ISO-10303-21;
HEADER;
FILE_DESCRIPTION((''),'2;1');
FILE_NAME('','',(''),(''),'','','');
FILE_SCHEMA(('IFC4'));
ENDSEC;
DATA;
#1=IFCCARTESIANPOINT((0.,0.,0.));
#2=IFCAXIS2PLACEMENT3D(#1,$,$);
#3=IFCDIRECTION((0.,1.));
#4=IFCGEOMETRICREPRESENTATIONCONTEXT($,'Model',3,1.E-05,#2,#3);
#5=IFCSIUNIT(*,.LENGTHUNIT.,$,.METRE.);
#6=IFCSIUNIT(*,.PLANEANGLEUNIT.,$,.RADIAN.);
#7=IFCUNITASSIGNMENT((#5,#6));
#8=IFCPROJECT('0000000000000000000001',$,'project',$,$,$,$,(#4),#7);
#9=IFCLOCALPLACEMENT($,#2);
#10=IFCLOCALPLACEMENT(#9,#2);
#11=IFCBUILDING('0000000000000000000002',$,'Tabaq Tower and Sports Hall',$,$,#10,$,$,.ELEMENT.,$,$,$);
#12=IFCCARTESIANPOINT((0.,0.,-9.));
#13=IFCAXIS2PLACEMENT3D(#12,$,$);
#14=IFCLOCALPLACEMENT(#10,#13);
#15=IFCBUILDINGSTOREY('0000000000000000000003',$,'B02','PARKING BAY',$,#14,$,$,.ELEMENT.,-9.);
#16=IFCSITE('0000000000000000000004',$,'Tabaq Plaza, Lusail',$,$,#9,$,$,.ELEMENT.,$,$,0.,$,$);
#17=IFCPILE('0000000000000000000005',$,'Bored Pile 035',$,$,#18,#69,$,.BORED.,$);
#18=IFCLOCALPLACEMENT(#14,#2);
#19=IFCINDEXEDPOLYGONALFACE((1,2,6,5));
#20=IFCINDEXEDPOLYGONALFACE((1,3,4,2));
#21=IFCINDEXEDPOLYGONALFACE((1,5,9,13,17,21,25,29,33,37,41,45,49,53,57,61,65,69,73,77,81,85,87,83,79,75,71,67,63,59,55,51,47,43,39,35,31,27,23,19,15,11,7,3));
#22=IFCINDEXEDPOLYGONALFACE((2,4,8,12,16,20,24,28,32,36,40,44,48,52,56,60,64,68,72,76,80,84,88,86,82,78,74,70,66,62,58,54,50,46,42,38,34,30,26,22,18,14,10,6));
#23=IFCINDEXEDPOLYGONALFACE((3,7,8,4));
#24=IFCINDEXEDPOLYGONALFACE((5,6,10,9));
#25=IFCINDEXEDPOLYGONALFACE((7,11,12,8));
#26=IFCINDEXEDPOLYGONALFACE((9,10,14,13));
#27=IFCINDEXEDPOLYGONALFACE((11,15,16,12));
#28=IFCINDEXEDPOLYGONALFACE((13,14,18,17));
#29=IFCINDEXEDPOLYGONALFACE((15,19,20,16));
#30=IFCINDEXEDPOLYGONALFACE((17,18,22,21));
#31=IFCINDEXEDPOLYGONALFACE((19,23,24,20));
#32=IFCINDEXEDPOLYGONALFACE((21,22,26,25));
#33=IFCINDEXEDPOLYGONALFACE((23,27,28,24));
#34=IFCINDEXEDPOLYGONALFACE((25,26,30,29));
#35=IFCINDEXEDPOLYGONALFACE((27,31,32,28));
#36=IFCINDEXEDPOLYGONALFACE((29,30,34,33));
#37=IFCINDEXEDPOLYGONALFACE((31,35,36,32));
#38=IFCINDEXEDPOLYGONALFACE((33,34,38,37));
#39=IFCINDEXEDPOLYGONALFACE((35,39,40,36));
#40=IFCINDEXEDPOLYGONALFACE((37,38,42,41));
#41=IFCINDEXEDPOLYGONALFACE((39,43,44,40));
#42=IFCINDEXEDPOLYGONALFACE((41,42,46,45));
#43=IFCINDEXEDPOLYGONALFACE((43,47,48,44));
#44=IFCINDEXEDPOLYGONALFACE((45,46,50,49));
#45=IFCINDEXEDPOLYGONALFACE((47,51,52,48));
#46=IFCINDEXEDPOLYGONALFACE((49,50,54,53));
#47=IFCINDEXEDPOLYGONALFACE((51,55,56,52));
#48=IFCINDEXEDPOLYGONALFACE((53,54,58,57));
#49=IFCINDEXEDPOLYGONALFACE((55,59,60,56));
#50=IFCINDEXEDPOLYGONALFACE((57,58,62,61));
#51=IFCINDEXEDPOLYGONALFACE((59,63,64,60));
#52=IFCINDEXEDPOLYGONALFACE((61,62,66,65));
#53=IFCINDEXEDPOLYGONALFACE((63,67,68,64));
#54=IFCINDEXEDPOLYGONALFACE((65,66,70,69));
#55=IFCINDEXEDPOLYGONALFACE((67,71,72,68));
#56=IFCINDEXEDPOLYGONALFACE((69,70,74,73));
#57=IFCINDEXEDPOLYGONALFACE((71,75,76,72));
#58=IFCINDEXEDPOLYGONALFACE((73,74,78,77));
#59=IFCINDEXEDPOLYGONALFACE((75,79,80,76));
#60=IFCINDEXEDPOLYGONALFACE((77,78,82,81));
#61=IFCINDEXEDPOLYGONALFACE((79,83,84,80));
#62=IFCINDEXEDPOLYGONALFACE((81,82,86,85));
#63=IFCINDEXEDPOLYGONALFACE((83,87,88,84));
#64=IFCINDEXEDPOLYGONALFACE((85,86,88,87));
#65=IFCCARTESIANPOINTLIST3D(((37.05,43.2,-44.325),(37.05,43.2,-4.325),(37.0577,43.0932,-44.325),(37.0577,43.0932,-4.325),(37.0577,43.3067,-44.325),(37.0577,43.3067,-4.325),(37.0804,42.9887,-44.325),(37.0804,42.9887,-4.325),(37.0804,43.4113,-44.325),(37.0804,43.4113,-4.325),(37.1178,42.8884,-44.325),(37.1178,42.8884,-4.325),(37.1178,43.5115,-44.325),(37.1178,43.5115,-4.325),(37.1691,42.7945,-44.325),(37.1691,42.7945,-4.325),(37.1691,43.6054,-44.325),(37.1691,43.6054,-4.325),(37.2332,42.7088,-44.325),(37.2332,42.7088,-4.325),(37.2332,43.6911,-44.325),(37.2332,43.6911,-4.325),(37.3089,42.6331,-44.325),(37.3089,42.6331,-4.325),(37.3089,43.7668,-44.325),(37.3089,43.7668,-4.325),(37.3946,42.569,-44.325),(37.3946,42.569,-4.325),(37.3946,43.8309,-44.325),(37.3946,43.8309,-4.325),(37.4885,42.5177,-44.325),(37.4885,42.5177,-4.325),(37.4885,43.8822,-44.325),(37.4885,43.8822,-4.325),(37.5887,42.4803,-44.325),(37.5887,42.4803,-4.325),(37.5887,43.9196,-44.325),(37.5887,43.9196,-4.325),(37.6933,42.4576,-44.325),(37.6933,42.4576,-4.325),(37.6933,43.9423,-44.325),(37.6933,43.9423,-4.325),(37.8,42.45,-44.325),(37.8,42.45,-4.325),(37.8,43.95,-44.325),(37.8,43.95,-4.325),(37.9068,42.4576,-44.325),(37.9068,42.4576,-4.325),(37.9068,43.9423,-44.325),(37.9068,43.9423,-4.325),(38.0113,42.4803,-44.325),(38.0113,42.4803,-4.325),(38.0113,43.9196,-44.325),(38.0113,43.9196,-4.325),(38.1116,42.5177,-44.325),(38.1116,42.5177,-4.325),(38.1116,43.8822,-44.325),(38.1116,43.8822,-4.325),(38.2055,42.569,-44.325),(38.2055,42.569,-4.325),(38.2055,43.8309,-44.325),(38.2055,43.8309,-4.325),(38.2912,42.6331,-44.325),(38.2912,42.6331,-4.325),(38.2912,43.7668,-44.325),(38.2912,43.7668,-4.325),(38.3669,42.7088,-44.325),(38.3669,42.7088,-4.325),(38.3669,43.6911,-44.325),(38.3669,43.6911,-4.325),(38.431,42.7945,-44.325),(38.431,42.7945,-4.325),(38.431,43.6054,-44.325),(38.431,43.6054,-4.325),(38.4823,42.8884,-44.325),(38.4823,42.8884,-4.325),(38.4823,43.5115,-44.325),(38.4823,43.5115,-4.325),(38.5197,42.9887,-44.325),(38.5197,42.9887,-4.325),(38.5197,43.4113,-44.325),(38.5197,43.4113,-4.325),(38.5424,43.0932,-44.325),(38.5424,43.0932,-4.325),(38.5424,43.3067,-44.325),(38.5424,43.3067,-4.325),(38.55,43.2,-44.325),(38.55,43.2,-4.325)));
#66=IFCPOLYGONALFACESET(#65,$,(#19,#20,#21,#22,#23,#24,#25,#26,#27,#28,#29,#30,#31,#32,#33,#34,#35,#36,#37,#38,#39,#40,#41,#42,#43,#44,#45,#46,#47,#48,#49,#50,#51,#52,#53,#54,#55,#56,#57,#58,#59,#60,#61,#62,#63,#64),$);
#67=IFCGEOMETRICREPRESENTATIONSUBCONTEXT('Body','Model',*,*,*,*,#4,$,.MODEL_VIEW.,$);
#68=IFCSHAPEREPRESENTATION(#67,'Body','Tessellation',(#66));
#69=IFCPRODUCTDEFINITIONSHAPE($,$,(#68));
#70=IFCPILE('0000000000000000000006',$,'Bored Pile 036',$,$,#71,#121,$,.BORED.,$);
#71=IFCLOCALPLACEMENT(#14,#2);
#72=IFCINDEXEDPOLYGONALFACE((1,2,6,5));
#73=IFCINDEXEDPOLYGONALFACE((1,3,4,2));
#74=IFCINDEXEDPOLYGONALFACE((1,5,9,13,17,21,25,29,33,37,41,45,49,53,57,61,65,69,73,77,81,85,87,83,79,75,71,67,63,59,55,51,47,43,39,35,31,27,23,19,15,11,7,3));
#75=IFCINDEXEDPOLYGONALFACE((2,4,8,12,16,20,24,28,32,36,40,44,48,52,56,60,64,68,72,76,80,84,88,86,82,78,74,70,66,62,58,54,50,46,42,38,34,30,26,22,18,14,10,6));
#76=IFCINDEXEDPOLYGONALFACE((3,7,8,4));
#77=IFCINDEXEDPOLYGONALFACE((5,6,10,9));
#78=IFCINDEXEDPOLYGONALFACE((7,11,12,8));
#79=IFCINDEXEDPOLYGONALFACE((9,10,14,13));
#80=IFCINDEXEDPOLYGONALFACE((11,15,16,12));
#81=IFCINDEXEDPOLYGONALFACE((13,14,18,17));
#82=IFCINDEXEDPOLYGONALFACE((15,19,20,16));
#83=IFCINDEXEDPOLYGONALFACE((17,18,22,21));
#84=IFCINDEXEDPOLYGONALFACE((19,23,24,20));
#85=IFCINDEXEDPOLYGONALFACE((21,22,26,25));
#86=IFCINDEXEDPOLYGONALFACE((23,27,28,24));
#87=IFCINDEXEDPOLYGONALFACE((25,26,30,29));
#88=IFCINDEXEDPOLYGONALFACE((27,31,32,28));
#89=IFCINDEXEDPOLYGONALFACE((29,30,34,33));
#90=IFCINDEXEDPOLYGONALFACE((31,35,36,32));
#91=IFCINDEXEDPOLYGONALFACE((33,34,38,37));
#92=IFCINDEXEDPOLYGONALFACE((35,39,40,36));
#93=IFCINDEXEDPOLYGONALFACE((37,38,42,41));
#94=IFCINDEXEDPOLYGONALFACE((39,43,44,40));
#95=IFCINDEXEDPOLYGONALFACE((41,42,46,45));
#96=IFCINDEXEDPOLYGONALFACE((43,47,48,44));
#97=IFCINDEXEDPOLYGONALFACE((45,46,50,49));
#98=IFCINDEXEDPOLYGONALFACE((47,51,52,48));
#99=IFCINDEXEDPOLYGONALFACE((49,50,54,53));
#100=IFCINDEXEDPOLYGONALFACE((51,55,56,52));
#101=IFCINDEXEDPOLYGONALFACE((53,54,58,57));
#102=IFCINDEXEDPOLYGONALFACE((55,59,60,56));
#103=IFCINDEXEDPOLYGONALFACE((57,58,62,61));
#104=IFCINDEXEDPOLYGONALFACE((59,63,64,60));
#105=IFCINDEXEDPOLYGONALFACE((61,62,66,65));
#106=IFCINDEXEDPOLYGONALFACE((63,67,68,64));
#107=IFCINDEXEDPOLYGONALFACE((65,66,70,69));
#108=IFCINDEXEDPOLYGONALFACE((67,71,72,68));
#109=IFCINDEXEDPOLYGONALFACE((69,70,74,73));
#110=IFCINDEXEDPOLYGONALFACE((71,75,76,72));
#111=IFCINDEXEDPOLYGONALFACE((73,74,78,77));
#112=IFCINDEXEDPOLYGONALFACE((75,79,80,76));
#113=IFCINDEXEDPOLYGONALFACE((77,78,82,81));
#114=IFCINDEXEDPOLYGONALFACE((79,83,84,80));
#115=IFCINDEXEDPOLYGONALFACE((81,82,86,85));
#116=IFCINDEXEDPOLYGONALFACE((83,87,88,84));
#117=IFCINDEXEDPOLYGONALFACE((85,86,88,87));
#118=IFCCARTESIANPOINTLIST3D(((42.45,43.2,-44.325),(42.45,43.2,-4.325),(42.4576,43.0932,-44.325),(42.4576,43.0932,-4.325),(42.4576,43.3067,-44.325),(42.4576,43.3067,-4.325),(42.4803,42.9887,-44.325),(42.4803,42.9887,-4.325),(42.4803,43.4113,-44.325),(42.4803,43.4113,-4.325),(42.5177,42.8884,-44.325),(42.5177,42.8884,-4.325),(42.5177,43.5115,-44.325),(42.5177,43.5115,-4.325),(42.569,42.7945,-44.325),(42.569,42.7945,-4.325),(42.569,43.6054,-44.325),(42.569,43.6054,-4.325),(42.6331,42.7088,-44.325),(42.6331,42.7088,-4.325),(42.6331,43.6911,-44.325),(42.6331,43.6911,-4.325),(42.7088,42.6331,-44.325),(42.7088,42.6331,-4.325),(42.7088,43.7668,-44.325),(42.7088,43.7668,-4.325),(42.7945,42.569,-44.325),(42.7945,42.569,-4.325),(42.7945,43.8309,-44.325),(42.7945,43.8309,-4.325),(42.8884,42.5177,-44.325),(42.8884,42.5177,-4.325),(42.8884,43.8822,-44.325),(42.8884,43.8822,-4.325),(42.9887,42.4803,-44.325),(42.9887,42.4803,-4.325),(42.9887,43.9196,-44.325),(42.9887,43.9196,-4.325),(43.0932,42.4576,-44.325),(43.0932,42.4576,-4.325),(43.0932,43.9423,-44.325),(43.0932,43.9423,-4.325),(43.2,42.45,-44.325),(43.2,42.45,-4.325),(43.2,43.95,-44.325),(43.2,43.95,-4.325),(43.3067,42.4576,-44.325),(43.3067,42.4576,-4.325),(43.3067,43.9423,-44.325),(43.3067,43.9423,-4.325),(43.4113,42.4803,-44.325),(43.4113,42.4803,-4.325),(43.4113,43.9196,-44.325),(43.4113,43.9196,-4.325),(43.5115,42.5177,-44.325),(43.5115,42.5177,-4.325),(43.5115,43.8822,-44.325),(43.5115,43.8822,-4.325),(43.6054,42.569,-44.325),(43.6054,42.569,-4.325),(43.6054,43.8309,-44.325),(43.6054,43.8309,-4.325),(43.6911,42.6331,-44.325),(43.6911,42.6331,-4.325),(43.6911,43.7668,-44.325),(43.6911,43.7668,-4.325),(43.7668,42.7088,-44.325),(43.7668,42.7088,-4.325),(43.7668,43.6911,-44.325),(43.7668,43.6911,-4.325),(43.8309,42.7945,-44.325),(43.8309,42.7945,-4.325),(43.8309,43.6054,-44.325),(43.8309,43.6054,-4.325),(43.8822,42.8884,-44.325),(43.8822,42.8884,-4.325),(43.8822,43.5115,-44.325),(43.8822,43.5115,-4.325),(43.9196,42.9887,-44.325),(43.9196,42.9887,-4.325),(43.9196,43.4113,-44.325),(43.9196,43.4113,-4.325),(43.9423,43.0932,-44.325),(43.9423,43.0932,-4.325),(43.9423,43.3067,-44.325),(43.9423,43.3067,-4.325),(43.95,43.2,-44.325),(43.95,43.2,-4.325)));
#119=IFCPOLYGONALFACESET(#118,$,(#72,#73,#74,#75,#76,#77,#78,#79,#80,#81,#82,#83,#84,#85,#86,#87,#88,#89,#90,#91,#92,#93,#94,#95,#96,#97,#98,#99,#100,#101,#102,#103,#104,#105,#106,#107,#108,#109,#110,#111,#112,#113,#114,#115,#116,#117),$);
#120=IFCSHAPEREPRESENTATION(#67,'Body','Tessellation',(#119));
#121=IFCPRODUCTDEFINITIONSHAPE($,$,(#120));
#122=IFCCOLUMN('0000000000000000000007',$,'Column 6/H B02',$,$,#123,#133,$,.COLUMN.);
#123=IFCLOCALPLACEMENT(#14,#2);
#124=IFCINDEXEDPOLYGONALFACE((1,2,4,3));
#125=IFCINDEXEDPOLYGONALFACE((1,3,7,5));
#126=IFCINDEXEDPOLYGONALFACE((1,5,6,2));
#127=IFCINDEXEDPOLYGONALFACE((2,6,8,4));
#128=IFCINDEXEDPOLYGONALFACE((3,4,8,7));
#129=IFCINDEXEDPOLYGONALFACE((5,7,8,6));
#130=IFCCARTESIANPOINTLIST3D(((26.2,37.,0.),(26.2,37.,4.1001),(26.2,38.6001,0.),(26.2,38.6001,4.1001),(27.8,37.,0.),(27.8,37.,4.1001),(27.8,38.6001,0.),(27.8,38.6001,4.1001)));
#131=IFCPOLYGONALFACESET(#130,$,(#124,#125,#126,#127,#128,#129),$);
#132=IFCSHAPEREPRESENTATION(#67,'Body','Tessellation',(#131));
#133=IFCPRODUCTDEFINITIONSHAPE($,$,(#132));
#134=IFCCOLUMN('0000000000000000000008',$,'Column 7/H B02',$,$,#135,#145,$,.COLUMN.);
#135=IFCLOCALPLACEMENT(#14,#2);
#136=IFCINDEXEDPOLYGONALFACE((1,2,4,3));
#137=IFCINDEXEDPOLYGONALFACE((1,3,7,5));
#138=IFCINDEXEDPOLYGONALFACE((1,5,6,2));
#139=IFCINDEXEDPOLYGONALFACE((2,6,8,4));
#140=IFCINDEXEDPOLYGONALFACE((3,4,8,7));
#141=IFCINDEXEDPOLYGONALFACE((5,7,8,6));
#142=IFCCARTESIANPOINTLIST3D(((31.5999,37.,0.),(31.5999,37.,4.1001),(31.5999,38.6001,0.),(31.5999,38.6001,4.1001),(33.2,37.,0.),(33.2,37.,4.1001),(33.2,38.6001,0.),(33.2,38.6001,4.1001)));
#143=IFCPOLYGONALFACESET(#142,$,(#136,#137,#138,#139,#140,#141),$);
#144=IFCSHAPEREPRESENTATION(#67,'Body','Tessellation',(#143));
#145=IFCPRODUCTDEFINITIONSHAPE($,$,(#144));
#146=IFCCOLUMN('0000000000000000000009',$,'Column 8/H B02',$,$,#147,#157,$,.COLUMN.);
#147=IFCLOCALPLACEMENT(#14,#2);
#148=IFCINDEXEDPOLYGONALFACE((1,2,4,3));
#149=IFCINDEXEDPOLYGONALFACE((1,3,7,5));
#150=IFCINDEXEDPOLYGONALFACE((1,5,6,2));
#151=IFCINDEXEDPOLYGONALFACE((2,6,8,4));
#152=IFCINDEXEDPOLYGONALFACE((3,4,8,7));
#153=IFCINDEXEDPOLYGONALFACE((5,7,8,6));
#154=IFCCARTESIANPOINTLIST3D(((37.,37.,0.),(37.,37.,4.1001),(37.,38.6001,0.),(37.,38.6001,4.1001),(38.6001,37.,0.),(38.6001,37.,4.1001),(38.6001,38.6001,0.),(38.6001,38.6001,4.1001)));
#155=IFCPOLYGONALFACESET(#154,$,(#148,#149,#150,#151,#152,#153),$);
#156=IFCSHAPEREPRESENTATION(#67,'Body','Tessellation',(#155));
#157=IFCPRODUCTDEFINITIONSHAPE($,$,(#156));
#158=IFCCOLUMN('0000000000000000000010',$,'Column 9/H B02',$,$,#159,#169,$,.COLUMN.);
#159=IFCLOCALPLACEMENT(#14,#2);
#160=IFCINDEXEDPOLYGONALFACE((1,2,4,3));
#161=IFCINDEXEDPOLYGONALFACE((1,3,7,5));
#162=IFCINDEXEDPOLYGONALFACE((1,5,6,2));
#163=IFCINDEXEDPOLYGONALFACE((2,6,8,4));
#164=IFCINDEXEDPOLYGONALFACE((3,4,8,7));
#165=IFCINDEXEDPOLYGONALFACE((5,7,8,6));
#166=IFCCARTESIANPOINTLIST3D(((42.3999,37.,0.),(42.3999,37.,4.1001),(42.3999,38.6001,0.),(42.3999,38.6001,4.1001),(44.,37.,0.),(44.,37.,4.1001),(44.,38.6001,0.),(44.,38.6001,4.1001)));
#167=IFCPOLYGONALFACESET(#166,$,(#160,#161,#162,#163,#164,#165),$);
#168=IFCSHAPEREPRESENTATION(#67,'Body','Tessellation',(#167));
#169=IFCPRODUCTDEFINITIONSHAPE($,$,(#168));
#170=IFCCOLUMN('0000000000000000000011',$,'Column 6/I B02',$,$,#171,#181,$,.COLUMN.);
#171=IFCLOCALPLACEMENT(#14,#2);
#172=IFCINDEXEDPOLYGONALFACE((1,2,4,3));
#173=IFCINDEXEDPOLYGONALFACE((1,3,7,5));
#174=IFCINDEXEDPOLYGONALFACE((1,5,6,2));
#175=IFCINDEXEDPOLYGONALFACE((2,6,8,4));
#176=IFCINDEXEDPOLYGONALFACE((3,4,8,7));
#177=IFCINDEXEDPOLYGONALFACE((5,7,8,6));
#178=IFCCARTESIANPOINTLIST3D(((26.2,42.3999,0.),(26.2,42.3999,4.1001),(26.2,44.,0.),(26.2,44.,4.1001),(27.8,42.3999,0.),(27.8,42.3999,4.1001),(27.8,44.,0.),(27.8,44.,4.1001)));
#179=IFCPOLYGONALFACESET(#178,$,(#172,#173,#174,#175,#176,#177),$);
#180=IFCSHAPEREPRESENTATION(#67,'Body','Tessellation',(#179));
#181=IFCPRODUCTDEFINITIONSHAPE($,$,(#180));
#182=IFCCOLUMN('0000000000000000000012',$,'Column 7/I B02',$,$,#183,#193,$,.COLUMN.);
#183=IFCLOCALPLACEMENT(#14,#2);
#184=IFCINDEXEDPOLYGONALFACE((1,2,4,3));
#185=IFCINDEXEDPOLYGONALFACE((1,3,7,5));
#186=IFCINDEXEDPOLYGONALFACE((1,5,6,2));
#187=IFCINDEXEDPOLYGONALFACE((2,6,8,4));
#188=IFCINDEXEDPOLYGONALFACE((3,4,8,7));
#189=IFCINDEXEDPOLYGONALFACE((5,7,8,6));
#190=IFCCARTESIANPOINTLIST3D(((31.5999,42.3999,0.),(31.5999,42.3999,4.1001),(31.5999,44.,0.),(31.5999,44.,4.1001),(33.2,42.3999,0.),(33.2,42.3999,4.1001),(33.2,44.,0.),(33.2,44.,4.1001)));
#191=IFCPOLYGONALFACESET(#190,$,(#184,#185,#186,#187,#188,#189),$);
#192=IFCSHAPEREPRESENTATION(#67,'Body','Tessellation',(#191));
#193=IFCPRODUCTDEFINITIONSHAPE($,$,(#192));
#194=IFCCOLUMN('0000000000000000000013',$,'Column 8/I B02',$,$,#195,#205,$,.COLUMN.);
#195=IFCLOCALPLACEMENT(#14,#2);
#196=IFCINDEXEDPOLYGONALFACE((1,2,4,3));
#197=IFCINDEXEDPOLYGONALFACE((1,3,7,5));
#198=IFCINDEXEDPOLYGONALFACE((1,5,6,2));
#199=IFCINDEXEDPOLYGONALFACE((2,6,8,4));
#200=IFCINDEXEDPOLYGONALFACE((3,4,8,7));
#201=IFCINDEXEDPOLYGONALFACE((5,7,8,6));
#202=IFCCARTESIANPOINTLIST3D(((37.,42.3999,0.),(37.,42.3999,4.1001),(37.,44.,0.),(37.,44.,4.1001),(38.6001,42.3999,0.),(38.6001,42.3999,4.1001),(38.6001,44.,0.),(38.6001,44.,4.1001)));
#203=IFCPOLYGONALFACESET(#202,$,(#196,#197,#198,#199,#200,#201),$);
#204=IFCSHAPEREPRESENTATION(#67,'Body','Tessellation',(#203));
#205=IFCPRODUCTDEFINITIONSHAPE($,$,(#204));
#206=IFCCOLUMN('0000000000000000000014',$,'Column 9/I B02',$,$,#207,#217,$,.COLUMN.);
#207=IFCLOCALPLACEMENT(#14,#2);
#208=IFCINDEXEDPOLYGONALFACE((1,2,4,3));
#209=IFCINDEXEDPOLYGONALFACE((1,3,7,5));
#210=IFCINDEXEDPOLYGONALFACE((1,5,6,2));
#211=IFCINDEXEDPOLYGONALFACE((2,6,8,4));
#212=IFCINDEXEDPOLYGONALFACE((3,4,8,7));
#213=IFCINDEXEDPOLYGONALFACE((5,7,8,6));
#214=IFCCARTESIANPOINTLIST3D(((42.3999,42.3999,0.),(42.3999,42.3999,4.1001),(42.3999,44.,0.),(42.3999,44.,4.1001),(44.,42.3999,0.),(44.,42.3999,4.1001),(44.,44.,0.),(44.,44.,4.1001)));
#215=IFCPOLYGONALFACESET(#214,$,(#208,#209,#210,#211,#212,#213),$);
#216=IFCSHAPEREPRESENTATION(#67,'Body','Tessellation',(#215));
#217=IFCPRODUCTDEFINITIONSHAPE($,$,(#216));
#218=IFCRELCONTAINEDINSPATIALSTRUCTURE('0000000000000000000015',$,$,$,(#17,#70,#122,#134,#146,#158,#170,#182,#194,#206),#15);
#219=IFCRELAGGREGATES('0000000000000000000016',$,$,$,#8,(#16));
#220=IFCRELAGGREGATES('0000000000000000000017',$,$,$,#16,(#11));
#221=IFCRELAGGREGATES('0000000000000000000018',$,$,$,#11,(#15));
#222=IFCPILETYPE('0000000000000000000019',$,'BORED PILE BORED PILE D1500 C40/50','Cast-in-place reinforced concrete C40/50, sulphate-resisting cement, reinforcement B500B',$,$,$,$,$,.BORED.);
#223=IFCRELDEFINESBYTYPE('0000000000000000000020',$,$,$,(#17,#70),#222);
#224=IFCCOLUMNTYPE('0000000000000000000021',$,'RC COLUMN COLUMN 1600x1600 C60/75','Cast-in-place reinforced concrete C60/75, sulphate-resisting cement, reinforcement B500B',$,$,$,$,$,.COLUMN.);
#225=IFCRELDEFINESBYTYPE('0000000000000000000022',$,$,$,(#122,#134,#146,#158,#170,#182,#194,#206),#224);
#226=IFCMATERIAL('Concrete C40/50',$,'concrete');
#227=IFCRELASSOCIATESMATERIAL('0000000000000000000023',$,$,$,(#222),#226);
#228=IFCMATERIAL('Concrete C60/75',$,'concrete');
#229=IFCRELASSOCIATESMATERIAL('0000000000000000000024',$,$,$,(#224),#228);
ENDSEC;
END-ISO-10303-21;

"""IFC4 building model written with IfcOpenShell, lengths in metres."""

from ifc_helpers import new_model, si_unit, direction, frame, origin, origin_2d, place, context, subcontext, project, spatial, rectangle, circle, extrude, material, material_profile, profile_set, type_object, element, save


model = new_model("IFC4")

# Units and contexts
model_context = context("Model", 3, precision=1e-05, world=origin(), true_north=direction((0.0, 1.0)))
body_context = subcontext(model_context, "Body", "Model", "MODEL_VIEW")
ifc_project = project(units=[si_unit("LENGTHUNIT", "METRE"), si_unit("PLANEANGLEUNIT", "RADIAN")], contexts=[model_context])

# Site, building, storey
site_placement = place(None, origin())
site = spatial("IfcSite", under=ifc_project, at=site_placement, Name="Tabaq Plaza, Lusail", CompositionType="ELEMENT", RefElevation=0.0)
building_placement = place(site_placement, origin())
building = spatial("IfcBuilding", under=site, at=building_placement, Name="Tabaq Tower and Sports Hall", CompositionType="ELEMENT")
storey_placement = place(building_placement, frame((0.0, 0.0, -9.0)))
storey = spatial("IfcBuildingStorey", under=building, at=storey_placement, Name="B02", Description="PARKING BAY", CompositionType="ELEMENT", Elevation=-9.0)

# Piles
ifc_material_1 = material(Name="Concrete C40/50", Category="concrete")
ifc_material_profile_1 = material_profile(ifc_material_1, circle(Radius=0.75, at=origin_2d()), Name="BORED PILE D1500")
ifc_profile_set_1 = profile_set([ifc_material_profile_1], Name="Concrete C40/50")
pile_type = type_object("IfcPileType", Name="BORED PILE BORED PILE D1500 C40/50", Description="Cast-in-place reinforced concrete C40/50, sulphate-resisting cement, reinforcement B500B", PredefinedType="BORED", material=ifc_profile_set_1)
for number, where, z_axis, x_axis, name in (
    (1, (37.8, 43.2, -4.325), (0.0, 0.0, -1.0), (1.0, 0.0, 0.0), "Bored Pile 035"),
    (2, (43.2, 43.2, -4.325), (0.0, 0.0, -1.0), (1.0, 0.0, 0.0), "Bored Pile 036"),
):
    element("IfcPile", number, at=place(storey_placement, frame(where, z_axis=z_axis, x_axis=x_axis)), inside=storey, type_object=pile_type, Name=name, PredefinedType="BORED", context=body_context, shape_type="SweptSolid", body=[
        extrude(circle(Radius=0.75, at=origin_2d()), origin(), (0.0, 0.0, 1.0), 40.0),
    ])

# Columns
ifc_material_2 = material(Name="Concrete C60/75", Category="concrete")
ifc_material_profile_2 = material_profile(ifc_material_2, rectangle(XDim=1.6001, YDim=1.6001, at=origin_2d()), Name="COLUMN 1600x1600")
ifc_profile_set_2 = profile_set([ifc_material_profile_2], Name="Concrete C60/75")
column_type_1 = type_object("IfcColumnType", Name="RC COLUMN COLUMN 1600x1600 C60/75", Description="Cast-in-place reinforced concrete C60/75, sulphate-resisting cement, reinforcement B500B", PredefinedType="COLUMN", material=ifc_profile_set_2)
for number, where, z_axis, x_axis, name in (
    (3, (27.0, 37.8, 0.0), (0.0, 0.0, 1.0), (1.0, 0.0, 0.0), "Column 6/H B02"),
    (4, (32.3999, 37.8, 0.0), (0.0, 0.0, 1.0), (1.0, 0.0, 0.0), "Column 7/H B02"),
    (5, (37.8, 37.8, 0.0), (0.0, 0.0, 1.0), (1.0, 0.0, 0.0), "Column 8/H B02"),
    (6, (43.2, 37.8, 0.0), (0.0, 0.0, 1.0), (1.0, 0.0, 0.0), "Column 9/H B02"),
    (7, (27.0, 43.2, 0.0), (0.0, 0.0, 1.0), (1.0, 0.0, 0.0), "Column 6/I B02"),
    (8, (32.3999, 43.2, 0.0), (0.0, 0.0, 1.0), (1.0, 0.0, 0.0), "Column 7/I B02"),
    (9, (37.8, 43.2, 0.0), (0.0, 0.0, 1.0), (1.0, 0.0, 0.0), "Column 8/I B02"),
    (10, (43.2, 43.2, 0.0), (0.0, 0.0, 1.0), (1.0, 0.0, 0.0), "Column 9/I B02"),
):
    element("IfcColumn", number, at=place(storey_placement, frame(where, z_axis=z_axis, x_axis=x_axis)), inside=storey, type_object=column_type_1, Name=name, PredefinedType="COLUMN", context=body_context, shape_type="SweptSolid", body=[
        extrude(rectangle(XDim=1.6001, YDim=1.6001, at=origin_2d()), origin(), (0.0, 0.0, 1.0), 4.1001),
    ])

save(model, "model.ifc")
